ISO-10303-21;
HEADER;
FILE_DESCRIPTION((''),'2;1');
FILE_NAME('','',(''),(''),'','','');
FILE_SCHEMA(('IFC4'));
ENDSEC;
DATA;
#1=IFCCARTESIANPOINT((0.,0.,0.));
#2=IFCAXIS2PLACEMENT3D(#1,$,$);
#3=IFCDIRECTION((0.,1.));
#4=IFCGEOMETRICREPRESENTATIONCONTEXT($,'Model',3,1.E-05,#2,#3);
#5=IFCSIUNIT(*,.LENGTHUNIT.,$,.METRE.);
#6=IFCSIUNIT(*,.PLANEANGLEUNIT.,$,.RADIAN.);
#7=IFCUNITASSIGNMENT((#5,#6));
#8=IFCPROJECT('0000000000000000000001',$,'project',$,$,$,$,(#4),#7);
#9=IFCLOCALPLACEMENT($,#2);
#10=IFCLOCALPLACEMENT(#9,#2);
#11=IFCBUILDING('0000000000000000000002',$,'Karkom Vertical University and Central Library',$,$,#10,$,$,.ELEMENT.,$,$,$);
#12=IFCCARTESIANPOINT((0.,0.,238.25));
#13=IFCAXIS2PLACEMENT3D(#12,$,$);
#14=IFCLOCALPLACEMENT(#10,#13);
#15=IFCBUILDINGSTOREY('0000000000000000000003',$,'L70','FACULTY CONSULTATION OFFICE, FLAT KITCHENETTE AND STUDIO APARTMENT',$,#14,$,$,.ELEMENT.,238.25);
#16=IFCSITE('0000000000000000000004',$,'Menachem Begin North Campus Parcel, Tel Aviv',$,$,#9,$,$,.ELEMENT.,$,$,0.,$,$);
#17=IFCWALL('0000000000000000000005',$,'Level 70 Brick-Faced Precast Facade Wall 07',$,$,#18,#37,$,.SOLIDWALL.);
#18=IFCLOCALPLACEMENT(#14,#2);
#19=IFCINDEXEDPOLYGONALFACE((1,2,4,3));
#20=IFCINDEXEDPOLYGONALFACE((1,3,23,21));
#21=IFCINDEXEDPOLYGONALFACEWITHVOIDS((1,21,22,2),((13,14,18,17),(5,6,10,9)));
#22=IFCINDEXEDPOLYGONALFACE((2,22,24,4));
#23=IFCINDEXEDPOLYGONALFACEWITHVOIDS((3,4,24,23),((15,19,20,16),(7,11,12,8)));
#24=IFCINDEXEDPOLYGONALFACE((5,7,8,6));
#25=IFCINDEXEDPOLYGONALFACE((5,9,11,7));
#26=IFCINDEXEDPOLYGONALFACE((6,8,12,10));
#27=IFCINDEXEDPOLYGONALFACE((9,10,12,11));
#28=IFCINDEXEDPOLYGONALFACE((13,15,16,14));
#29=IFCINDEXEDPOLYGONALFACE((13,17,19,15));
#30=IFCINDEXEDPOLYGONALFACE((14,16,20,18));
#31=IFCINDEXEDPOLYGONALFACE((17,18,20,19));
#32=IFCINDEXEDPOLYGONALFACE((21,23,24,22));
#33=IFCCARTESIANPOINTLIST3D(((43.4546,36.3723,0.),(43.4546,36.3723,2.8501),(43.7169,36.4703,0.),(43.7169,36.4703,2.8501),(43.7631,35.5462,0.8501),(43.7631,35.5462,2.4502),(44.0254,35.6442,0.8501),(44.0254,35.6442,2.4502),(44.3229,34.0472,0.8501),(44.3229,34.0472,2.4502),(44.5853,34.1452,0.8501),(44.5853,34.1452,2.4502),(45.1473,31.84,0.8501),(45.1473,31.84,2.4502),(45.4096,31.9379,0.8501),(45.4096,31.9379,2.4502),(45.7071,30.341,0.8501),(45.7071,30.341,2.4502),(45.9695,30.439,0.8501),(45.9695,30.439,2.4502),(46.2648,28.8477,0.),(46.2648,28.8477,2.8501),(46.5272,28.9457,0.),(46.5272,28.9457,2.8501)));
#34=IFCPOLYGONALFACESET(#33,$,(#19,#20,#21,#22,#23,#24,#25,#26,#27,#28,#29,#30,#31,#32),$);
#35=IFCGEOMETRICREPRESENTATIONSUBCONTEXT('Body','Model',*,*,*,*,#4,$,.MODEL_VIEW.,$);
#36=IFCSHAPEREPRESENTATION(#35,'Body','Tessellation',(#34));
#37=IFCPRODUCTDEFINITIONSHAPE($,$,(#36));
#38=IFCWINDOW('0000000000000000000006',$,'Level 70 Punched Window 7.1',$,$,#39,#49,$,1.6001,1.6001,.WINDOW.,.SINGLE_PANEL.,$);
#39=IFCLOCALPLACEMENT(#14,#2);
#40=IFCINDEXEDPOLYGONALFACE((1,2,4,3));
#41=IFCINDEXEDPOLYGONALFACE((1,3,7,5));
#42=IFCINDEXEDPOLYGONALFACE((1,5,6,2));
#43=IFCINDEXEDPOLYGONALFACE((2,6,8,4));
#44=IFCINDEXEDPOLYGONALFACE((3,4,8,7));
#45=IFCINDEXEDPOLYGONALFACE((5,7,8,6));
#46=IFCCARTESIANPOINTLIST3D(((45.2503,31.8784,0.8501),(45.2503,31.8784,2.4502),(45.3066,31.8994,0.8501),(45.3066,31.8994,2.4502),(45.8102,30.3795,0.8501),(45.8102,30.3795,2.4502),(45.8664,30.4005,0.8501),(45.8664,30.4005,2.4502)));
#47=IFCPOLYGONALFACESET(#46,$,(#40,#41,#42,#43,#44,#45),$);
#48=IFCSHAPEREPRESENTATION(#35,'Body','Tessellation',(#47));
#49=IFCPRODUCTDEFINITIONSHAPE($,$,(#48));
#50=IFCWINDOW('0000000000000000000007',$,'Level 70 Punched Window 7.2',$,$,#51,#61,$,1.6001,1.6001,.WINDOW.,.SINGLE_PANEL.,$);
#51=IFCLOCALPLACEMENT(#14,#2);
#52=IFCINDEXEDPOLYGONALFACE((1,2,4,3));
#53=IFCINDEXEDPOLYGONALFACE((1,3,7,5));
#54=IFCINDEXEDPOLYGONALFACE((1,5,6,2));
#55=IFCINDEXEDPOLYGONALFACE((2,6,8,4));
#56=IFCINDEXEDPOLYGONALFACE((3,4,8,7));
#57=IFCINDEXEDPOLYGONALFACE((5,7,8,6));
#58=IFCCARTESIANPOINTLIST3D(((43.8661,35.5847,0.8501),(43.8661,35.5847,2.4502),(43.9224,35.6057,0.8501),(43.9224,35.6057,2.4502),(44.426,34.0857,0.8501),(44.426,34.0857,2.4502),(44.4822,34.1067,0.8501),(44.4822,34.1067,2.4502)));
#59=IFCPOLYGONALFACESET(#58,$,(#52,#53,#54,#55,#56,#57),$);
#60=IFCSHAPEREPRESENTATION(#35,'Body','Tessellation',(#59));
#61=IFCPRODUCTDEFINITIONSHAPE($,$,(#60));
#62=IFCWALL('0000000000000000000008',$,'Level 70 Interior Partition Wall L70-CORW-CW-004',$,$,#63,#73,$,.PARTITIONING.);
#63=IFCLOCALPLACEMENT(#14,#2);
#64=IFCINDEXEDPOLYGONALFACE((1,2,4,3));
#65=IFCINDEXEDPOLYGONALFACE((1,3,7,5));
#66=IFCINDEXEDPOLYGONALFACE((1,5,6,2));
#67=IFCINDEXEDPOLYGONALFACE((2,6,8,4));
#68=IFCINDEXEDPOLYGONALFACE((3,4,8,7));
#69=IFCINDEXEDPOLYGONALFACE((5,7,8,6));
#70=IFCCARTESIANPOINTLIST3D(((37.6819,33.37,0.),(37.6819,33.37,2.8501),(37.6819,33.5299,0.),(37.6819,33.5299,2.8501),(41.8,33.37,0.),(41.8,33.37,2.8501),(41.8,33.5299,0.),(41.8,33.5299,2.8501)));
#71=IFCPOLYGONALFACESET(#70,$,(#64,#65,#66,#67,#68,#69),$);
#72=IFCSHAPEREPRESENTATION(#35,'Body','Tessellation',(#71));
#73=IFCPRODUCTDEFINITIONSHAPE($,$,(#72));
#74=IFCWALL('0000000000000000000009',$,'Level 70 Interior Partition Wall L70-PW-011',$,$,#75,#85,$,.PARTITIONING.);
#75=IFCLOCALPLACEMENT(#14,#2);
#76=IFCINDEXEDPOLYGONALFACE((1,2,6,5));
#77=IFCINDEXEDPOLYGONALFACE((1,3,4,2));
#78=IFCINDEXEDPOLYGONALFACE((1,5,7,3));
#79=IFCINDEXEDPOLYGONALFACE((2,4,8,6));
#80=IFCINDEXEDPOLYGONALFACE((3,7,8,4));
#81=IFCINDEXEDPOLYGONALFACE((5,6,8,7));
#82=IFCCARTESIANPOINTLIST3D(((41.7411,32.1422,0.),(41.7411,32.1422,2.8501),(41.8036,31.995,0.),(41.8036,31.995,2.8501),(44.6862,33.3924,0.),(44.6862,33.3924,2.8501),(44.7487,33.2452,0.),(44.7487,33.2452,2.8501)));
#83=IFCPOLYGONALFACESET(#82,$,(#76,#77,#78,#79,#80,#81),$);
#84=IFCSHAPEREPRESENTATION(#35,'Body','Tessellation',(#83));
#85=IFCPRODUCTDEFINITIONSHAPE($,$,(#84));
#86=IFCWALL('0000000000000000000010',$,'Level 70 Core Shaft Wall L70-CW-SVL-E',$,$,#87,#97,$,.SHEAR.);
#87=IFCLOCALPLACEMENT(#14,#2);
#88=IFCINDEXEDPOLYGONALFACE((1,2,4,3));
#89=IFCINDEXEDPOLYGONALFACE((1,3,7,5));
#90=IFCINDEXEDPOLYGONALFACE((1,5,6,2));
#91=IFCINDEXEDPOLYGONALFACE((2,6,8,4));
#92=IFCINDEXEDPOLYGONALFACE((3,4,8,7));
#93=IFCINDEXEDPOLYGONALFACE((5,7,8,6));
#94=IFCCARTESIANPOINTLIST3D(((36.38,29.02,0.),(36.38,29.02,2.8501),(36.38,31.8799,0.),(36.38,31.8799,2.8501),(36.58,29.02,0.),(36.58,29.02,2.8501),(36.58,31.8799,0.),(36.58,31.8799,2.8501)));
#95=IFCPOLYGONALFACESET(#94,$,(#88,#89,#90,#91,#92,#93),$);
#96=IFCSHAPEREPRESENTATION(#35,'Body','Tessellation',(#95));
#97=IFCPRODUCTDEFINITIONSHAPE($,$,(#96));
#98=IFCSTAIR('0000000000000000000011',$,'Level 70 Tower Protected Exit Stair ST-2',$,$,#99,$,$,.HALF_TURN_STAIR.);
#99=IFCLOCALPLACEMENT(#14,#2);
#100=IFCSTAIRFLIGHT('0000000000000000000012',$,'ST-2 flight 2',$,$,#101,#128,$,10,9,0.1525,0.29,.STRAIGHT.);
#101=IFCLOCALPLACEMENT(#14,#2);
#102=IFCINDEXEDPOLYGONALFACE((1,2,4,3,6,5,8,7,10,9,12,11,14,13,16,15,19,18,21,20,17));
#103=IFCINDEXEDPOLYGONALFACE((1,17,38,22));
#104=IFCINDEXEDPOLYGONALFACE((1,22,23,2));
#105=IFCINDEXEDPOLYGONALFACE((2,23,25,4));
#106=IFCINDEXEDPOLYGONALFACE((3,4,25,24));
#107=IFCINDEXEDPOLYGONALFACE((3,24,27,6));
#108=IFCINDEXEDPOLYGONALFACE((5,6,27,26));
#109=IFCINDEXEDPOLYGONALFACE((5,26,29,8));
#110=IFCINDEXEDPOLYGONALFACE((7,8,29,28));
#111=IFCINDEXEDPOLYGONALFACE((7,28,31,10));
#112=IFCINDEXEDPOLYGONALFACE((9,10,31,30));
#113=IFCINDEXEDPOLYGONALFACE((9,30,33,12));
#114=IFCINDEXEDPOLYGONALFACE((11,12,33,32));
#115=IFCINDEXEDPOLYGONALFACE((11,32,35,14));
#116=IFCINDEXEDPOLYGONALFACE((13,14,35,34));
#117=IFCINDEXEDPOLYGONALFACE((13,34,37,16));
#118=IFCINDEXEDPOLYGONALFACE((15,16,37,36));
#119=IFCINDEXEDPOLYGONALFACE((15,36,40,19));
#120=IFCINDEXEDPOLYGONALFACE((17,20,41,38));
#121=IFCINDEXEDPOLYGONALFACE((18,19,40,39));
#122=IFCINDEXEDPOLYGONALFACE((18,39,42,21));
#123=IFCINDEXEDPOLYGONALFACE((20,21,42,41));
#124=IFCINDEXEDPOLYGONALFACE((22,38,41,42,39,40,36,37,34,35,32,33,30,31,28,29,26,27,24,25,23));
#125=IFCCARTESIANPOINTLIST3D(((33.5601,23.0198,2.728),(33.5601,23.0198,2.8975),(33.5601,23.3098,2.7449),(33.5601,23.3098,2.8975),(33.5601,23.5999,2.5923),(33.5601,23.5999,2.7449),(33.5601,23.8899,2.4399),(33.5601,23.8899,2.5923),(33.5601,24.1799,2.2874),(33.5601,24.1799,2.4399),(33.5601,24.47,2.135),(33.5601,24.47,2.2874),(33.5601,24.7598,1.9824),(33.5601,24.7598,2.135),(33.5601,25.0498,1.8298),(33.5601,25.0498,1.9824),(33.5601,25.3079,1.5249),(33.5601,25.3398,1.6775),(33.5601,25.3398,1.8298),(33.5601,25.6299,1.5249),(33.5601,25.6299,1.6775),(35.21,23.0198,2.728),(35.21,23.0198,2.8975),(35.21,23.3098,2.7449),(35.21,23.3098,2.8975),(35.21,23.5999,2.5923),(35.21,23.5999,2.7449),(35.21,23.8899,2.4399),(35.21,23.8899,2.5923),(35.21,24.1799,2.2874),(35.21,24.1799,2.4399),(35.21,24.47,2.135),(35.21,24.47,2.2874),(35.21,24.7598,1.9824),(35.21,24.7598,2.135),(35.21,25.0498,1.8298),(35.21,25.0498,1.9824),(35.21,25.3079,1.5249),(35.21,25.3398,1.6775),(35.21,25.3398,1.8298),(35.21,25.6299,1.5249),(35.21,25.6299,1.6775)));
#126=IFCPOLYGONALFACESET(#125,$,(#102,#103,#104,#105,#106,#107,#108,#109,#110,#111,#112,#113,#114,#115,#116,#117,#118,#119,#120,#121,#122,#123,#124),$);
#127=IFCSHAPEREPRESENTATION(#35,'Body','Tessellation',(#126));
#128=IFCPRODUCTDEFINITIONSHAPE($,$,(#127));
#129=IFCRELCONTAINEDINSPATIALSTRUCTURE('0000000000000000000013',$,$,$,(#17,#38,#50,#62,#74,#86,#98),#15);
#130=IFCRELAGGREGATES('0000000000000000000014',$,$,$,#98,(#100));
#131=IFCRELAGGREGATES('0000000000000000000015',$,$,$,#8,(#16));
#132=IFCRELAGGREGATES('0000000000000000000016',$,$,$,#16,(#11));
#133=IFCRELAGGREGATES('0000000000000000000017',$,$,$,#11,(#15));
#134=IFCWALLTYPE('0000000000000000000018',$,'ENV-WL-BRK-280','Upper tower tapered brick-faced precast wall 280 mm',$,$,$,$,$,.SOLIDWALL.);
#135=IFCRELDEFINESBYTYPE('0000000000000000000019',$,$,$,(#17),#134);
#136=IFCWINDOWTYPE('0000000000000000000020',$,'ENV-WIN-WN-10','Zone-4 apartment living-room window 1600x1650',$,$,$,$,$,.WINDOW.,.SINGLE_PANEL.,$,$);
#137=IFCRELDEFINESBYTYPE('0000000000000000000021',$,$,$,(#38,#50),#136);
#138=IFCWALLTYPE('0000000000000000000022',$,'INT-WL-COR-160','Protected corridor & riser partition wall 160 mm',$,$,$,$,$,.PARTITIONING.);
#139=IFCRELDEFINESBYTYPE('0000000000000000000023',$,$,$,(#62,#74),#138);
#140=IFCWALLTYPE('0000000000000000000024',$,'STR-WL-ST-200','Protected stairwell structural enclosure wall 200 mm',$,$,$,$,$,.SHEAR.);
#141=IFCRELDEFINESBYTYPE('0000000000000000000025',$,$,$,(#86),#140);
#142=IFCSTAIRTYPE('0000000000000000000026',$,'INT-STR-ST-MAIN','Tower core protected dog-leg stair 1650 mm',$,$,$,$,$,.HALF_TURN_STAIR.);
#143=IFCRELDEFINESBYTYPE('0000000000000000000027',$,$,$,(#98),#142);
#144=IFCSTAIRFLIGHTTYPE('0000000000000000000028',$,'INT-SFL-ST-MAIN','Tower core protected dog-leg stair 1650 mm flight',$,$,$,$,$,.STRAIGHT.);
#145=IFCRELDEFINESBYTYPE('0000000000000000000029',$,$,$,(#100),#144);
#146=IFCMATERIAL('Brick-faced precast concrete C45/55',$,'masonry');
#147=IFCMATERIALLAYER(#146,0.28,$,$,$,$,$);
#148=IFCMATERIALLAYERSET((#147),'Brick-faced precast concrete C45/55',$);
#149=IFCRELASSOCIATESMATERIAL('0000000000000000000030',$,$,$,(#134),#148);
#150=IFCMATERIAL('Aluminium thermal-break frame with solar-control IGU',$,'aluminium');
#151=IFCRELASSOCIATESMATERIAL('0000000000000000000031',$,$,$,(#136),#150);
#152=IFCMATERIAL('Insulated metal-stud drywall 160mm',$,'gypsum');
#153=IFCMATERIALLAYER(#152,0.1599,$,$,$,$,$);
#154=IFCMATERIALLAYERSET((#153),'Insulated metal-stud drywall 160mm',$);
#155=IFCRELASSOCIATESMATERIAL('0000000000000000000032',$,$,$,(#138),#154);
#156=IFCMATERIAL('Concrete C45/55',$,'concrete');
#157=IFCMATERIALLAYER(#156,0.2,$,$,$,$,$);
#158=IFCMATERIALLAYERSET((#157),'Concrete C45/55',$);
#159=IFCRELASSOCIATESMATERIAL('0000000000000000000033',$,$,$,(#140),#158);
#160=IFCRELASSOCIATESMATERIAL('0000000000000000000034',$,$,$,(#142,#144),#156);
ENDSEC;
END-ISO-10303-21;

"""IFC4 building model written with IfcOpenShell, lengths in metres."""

from ifc_helpers import new_model, si_unit, direction, frame, frame_2d, origin, origin_with_axes, place, context, subcontext, project, spatial, polyline, rectangle, outline, extrude, source, transform, mapped, material, layer, layer_set, type_object, element, fill, aggregate, save


model = new_model("IFC4")

# Units and contexts
model_context = context("Model", 3, precision=1e-05, world=origin(), true_north=direction((0.0, 1.0)))
body_context = subcontext(model_context, "Body", "Model", "MODEL_VIEW")
ifc_project = project(units=[si_unit("LENGTHUNIT", "METRE"), si_unit("PLANEANGLEUNIT", "RADIAN")], contexts=[model_context])

# Site, building, storey
site_placement = place(None, origin())
site = spatial("IfcSite", under=ifc_project, at=site_placement, Name="Menachem Begin North Campus Parcel, Tel Aviv", CompositionType="ELEMENT", RefElevation=0.0)
building_placement = place(site_placement, origin())
building = spatial("IfcBuilding", under=site, at=building_placement, Name="Karkom Vertical University and Central Library", CompositionType="ELEMENT")
storey_placement = place(building_placement, frame((0.0, 0.0, 238.25)))
storey = spatial("IfcBuildingStorey", under=building, at=storey_placement, Name="L70", Description="FACULTY CONSULTATION OFFICE, FLAT KITCHENETTE AND STUDIO APARTMENT", CompositionType="ELEMENT", Elevation=238.25)

# Wall, openings, windows
ifc_material_1 = material(Name="Brick-faced precast concrete C45/55", Category="masonry")
ifc_layer_1 = layer(ifc_material_1, 0.28)
ifc_layer_set_1 = layer_set([ifc_layer_1], Name="Brick-faced precast concrete C45/55")
wall_type_1 = type_object("IfcWallType", Name="ENV-WL-BRK-280", Description="Upper tower tapered brick-faced precast wall 280 mm", PredefinedType="SOLIDWALL", material=ifc_layer_set_1)
wall_1_placement = place(storey_placement, frame((46.396, 28.8967, 0.0), z_axis=(0.0, 0.0, 1.0), x_axis=(-0.349874, 0.936797, 0.0)))
wall_1 = element("IfcWall", 1, at=wall_1_placement, inside=storey, type_object=wall_type_1, Name="Level 70 Brick-Faced Precast Facade Wall 07", PredefinedType="SOLIDWALL", context=body_context, shape_type="SweptSolid", body=[
    extrude(rectangle(XDim=8.0322, YDim=0.28, at=frame_2d((4.0161, 0.0))), origin(), (0.0, 0.0, 1.0), 2.8501),
])
opening_1_placement = place(wall_1_placement, frame((1.594, 0.0, 0.8501)))
opening_1 = element("IfcOpeningElement", 2, at=opening_1_placement, cuts=wall_1, PredefinedType="OPENING", context=body_context, shape_type="SweptSolid", body=[
    extrude(rectangle(XDim=1.6001, YDim=1.6001, at=frame_2d((0.8, 0.8))), frame((0.0, 0.1499, 0.0), z_axis=(0.0, -1.0, 0.0), x_axis=(1.0, 0.0, 0.0)), (0.0, 0.0, 1.0), 0.3),
])
opening_2_placement = place(wall_1_placement, frame((5.5503, 0.0, 0.8501)))
opening_2 = element("IfcOpeningElement", 3, at=opening_2_placement, cuts=wall_1, PredefinedType="OPENING", context=body_context, shape_type="SweptSolid", body=[
    extrude(rectangle(XDim=1.6001, YDim=1.6001, at=frame_2d((0.8, 0.8))), frame((0.0, 0.1499, 0.0), z_axis=(0.0, -1.0, 0.0), x_axis=(1.0, 0.0, 0.0)), (0.0, 0.0, 1.0), 0.3),
])
ifc_material_2 = material(Name="Aluminium thermal-break frame with solar-control IGU", Category="aluminium")
window_type = type_object("IfcWindowType", Name="ENV-WIN-WN-10", Description="Zone-4 apartment living-room window 1600x1650", PartitioningType="SINGLE_PANEL", PredefinedType="WINDOW", material=ifc_material_2)
shared_shape_1 = source(origin_with_axes(), body_context, "Body", "SweptSolid", [
    extrude(rectangle(XDim=1.6001, YDim=1.6001, at=frame_2d((0.8, 0.8))), frame((0.0, 0.03, 0.0), z_axis=(0.0, -1.0, 0.0), x_axis=(1.0, 0.0, 0.0)), (0.0, 0.0, 1.0), 0.0601),
])
window_1_placement = place(opening_1_placement, origin())
window_1 = element("IfcWindow", 4, at=window_1_placement, inside=storey, type_object=window_type, Name="Level 70 Punched Window 7.1", OverallHeight=1.6001, OverallWidth=1.6001, PartitioningType="SINGLE_PANEL", PredefinedType="WINDOW", context=body_context, shape_type="MappedRepresentation", body=[
    mapped(shared_shape_1, transform((0.0, 0.0, 0.0), scale=1.0)),
])
fill(opening_1, window_1)
window_2_placement = place(opening_2_placement, origin())
window_2 = element("IfcWindow", 5, at=window_2_placement, inside=storey, type_object=window_type, Name="Level 70 Punched Window 7.2", OverallHeight=1.6001, OverallWidth=1.6001, PartitioningType="SINGLE_PANEL", PredefinedType="WINDOW", context=body_context, shape_type="MappedRepresentation", body=[
    mapped(shared_shape_1, transform((0.0, 0.0, 0.0), scale=1.0)),
])
fill(opening_2, window_2)

# Shared definitions
ifc_material_3 = material(Name="Insulated metal-stud drywall 160mm", Category="gypsum")
ifc_layer_2 = layer(ifc_material_3, 0.1599)
ifc_layer_set_2 = layer_set([ifc_layer_2], Name="Insulated metal-stud drywall 160mm")
wall_type_2 = type_object("IfcWallType", Name="INT-WL-COR-160", Description="Protected corridor & riser partition wall 160 mm", PredefinedType="PARTITIONING", material=ifc_layer_set_2)

# Walls
wall_2_placement = place(storey_placement, frame((37.6819, 33.45, 0.0), z_axis=(0.0, 0.0, 1.0), x_axis=(1.0, 0.0, 0.0)))
element("IfcWall", 6, at=wall_2_placement, inside=storey, type_object=wall_type_2, Name="Level 70 Interior Partition Wall L70-CORW-CW-004", PredefinedType="PARTITIONING", context=body_context, shape_type="SweptSolid", body=[
    extrude(rectangle(XDim=4.1182, YDim=0.1599, at=frame_2d((2.0591, 0.0))), origin(), (0.0, 0.0, 1.0), 2.8501),
])
wall_3_placement = place(storey_placement, frame((41.7725, 32.0686, 0.0), z_axis=(0.0, 0.0, 1.0), x_axis=(0.920489, 0.390767, 0.0)))
element("IfcWall", 7, at=wall_3_placement, inside=storey, type_object=wall_type_2, Name="Level 70 Interior Partition Wall L70-PW-011", PredefinedType="PARTITIONING", context=body_context, shape_type="SweptSolid", body=[
    extrude(rectangle(XDim=3.1995, YDim=0.1599, at=frame_2d((1.5996, 0.0))), origin(), (0.0, 0.0, 1.0), 2.8501),
])

# Shared definitions
ifc_material_4 = material(Name="Concrete C45/55", Category="concrete")

# Wall
ifc_layer_3 = layer(ifc_material_4, 0.2)
ifc_layer_set_3 = layer_set([ifc_layer_3], Name="Concrete C45/55")
wall_type_3 = type_object("IfcWallType", Name="STR-WL-ST-200", Description="Protected stairwell structural enclosure wall 200 mm", PredefinedType="SHEAR", material=ifc_layer_set_3)
wall_4_placement = place(storey_placement, frame((36.48, 29.02, 0.0), z_axis=(0.0, 0.0, 1.0), x_axis=(0.0, 1.0, 0.0)))
element("IfcWall", 8, at=wall_4_placement, inside=storey, type_object=wall_type_3, Name="Level 70 Core Shaft Wall L70-CW-SVL-E", PredefinedType="SHEAR", context=body_context, shape_type="SweptSolid", body=[
    extrude(rectangle(XDim=2.8599, YDim=0.2, at=frame_2d((1.4299, 0.0))), origin(), (0.0, 0.0, 1.0), 2.8501),
])

# Stair, stair flight
stair_type = type_object("IfcStairType", Name="INT-STR-ST-MAIN", Description="Tower core protected dog-leg stair 1650 mm", PredefinedType="HALF_TURN_STAIR", material=ifc_material_4)
stair_placement = place(storey_placement, origin())
stair = element("IfcStair", 9, at=stair_placement, inside=storey, type_object=stair_type, Name="Level 70 Tower Protected Exit Stair ST-2", PredefinedType="HALF_TURN_STAIR")
stair_flight_type = type_object("IfcStairFlightType", Name="INT-SFL-ST-MAIN", Description="Tower core protected dog-leg stair 1650 mm flight", PredefinedType="STRAIGHT", material=ifc_material_4)
stair_flight_placement = place(storey_placement, frame((34.385, 25.6299, 1.5249), z_axis=(0.0, 0.0, 1.0), x_axis=(0.0, -1.0, 0.0)))
stair_flight = element("IfcStairFlight", 10, at=stair_flight_placement, type_object=stair_flight_type, Name="ST-2 flight 2", NumberOfRisers=10, NumberOfTreads=9, PredefinedType="STRAIGHT", RiserHeight=0.1525, TreadLength=0.29, context=body_context, shape_type="SweptSolid", body=[
    extrude(outline(polyline([(0.0, 0.0), (0.0, 0.1526), (0.29, 0.1526), (0.29, 0.3049), (0.5801, 0.3049), (0.5801, 0.4575), (0.8701, 0.4575), (0.8701, 0.6101), (1.1599, 0.6101), (1.1599, 0.7625), (1.45, 0.7625), (1.45, 0.915), (1.74, 0.915), (1.74, 1.0674), (2.03, 1.0674), (2.03, 1.22), (2.3201, 1.22), (2.3201, 1.3726), (2.6101, 1.3726), (2.6101, 1.5249), (2.6101, 1.2031), (0.322, 0.0), (0.0, 0.0)])), frame((0.0, 0.825, 0.0), z_axis=(0.0, -1.0, 0.0), x_axis=(1.0, 0.0, 0.0)), (0.0, 0.0, 1.0), 1.6499),
])
aggregate(stair, [stair_flight])

save(model, "model.ifc")
